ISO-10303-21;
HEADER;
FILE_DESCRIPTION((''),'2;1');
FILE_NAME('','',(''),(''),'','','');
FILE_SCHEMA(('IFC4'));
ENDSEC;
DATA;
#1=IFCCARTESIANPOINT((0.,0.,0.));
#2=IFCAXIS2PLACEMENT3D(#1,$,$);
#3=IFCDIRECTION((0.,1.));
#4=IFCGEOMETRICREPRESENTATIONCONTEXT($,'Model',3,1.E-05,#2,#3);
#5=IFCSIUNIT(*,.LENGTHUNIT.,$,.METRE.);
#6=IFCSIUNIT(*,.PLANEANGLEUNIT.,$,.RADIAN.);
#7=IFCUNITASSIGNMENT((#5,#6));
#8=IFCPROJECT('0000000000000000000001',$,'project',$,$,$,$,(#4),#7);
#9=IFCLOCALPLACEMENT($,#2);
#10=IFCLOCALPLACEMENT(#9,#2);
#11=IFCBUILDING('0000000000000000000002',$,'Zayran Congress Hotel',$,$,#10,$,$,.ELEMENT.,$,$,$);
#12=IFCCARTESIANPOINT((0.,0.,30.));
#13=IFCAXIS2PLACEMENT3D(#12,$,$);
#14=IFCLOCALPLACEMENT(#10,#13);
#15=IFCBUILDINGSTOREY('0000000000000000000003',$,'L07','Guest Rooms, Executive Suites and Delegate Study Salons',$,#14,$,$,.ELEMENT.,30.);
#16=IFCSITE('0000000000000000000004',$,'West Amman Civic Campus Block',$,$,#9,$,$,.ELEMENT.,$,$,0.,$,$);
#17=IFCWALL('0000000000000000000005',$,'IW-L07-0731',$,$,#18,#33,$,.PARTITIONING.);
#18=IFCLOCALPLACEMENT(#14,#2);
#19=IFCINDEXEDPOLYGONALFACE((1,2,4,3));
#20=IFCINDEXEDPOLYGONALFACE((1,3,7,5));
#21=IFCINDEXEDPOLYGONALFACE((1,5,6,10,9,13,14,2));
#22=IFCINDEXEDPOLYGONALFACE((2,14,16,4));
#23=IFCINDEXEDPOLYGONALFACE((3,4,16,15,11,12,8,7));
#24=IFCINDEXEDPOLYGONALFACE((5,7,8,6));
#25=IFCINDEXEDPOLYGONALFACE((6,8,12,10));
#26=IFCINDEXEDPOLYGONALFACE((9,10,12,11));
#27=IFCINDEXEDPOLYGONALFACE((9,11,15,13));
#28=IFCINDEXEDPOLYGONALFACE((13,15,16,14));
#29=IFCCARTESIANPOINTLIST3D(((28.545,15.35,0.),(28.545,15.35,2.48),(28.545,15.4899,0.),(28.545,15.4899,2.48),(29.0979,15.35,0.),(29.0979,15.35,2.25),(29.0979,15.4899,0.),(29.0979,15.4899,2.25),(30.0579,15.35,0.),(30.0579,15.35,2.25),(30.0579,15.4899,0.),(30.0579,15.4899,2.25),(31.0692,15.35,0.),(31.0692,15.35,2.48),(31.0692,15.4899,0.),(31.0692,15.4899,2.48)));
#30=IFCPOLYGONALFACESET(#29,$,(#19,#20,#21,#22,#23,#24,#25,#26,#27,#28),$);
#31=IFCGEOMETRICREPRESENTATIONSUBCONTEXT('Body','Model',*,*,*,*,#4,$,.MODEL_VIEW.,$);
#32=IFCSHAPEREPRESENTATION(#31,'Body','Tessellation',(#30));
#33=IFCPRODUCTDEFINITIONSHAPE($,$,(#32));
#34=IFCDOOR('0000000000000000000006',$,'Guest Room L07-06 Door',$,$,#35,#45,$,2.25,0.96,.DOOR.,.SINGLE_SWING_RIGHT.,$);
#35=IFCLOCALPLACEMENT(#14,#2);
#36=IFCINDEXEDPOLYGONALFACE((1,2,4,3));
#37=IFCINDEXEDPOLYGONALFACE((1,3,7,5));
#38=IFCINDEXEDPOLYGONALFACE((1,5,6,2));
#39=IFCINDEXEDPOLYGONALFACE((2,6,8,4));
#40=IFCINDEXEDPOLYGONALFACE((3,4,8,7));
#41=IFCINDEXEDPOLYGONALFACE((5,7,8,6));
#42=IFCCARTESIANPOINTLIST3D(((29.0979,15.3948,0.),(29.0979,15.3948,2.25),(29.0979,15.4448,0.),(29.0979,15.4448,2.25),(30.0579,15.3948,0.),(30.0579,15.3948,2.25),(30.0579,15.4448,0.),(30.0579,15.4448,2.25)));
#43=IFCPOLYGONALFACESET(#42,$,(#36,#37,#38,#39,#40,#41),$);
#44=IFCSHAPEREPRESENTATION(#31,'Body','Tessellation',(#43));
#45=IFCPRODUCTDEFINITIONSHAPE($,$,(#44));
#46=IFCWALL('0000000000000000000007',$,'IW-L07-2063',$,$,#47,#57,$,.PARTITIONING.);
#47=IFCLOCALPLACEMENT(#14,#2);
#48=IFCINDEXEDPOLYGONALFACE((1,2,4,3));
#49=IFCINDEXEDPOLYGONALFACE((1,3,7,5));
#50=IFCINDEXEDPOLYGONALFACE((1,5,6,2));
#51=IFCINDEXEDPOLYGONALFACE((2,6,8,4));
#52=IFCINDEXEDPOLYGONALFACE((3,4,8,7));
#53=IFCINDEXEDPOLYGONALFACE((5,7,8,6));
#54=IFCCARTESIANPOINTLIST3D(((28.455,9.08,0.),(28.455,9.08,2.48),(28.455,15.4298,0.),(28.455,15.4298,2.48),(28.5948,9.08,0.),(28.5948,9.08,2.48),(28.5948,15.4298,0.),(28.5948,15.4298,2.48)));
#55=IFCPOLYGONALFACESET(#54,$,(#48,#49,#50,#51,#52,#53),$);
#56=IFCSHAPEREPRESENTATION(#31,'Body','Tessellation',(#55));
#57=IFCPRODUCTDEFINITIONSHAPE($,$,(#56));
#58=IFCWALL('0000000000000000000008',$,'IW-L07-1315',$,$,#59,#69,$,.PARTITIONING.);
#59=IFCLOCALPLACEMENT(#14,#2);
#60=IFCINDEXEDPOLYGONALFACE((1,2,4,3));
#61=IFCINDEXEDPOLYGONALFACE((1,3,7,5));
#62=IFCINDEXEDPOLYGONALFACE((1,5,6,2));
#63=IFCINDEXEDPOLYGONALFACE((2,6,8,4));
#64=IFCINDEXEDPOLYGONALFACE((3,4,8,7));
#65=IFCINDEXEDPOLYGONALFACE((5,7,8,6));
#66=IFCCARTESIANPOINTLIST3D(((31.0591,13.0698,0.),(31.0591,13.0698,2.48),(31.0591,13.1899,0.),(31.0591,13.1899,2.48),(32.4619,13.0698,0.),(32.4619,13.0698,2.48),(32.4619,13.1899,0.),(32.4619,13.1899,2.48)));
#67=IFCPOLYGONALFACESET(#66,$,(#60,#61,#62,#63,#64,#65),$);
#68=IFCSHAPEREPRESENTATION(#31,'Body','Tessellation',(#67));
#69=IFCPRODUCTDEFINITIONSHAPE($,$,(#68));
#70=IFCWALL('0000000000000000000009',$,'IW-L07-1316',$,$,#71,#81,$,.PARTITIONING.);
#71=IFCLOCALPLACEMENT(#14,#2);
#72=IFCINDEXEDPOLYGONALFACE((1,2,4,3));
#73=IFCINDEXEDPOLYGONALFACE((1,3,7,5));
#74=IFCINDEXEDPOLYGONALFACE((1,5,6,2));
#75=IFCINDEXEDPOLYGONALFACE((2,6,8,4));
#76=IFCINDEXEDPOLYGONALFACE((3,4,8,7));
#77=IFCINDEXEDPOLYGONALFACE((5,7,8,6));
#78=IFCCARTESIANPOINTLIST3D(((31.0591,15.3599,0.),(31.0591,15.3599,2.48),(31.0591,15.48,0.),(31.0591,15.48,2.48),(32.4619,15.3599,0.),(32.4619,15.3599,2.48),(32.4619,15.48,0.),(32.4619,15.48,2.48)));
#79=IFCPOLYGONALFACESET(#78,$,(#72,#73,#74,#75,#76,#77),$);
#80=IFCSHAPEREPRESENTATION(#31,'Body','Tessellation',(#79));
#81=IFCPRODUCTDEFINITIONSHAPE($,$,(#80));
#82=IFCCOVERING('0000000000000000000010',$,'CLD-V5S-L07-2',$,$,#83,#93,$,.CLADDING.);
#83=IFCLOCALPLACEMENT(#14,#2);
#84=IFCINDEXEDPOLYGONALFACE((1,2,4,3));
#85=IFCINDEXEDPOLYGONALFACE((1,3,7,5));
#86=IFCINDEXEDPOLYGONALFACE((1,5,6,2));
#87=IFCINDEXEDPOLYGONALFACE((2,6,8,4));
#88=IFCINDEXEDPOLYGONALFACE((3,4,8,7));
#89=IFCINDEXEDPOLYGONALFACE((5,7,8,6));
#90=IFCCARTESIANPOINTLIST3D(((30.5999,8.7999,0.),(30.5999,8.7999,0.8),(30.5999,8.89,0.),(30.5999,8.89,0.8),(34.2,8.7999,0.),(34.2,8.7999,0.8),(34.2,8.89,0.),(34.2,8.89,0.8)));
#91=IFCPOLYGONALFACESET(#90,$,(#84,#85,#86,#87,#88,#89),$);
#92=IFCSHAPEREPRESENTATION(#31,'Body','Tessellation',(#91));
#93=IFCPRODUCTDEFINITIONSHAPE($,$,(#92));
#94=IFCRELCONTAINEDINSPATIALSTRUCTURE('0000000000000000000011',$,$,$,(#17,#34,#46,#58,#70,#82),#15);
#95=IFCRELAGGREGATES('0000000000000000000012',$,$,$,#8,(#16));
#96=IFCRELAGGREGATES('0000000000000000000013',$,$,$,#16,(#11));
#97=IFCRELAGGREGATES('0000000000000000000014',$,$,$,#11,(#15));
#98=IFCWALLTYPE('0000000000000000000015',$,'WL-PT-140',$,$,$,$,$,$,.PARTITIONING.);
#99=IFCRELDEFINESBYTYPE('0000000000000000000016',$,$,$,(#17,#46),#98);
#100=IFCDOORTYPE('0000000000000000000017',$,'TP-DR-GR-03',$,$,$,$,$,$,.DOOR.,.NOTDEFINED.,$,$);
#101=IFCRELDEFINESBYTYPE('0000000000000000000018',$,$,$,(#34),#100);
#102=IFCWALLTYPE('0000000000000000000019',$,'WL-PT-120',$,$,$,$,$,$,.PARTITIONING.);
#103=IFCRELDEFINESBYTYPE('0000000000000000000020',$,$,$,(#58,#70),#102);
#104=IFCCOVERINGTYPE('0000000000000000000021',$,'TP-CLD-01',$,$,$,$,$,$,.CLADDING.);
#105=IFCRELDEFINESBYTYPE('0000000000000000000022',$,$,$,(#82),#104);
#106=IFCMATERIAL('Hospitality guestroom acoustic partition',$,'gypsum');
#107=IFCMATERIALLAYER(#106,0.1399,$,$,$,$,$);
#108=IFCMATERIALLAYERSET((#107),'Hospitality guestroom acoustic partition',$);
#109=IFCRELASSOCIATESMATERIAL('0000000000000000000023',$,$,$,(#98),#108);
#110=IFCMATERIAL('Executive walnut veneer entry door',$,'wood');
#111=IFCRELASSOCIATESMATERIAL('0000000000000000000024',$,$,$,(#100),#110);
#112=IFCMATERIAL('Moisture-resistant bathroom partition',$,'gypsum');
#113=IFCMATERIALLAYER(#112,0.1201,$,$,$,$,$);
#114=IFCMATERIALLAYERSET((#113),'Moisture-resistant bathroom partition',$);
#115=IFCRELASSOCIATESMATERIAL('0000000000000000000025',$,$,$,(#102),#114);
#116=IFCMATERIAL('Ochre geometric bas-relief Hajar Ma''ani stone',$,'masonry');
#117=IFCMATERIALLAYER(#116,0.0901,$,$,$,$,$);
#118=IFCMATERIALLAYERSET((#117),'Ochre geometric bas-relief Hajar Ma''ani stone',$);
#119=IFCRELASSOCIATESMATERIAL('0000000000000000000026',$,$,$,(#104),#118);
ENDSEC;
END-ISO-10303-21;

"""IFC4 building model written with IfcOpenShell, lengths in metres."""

from ifc_helpers import new_model, si_unit, direction, frame, frame_2d, origin, origin_2d, place, context, subcontext, project, spatial, rectangle, extrude, material, layer, layer_set, type_object, element, fill, save


model = new_model("IFC4")

# Units and contexts
model_context = context("Model", 3, precision=1e-05, world=origin(), true_north=direction((0.0, 1.0)))
body_context = subcontext(model_context, "Body", "Model", "MODEL_VIEW")
ifc_project = project(units=[si_unit("LENGTHUNIT", "METRE"), si_unit("PLANEANGLEUNIT", "RADIAN")], contexts=[model_context])

# Site, building, storey
site_placement = place(None, origin())
site = spatial("IfcSite", under=ifc_project, at=site_placement, Name="West Amman Civic Campus Block", CompositionType="ELEMENT", RefElevation=0.0)
building_placement = place(site_placement, origin())
building = spatial("IfcBuilding", under=site, at=building_placement, Name="Zayran Congress Hotel", CompositionType="ELEMENT")
storey_placement = place(building_placement, frame((0.0, 0.0, 30.0)))
storey = spatial("IfcBuildingStorey", under=building, at=storey_placement, Name="L07", Description="Guest Rooms, Executive Suites and Delegate Study Salons", CompositionType="ELEMENT", Elevation=30.0)

# Shared definitions
ifc_material_1 = material(Name="Hospitality guestroom acoustic partition", Category="gypsum")
ifc_layer_1 = layer(ifc_material_1, 0.1399)
ifc_layer_set_1 = layer_set([ifc_layer_1], Name="Hospitality guestroom acoustic partition")
wall_type_1 = type_object("IfcWallType", Name="WL-PT-140", PredefinedType="PARTITIONING", material=ifc_layer_set_1)

# Wall, opening, door
wall_1_placement = place(storey_placement, frame((28.5449, 15.4199, 0.0), z_axis=(0.0, 0.0, 1.0), x_axis=(1.0, 0.0, 0.0)))
wall_1 = element("IfcWall", 1, at=wall_1_placement, inside=storey, type_object=wall_type_1, Name="IW-L07-0731", PredefinedType="PARTITIONING", context=body_context, shape_type="SweptSolid", body=[
    extrude(rectangle(XDim=2.5242, YDim=0.1399, at=frame_2d((1.2622, 0.0))), origin(), (0.0, 0.0, 1.0), 2.48),
])
opening_1_placement = place(wall_1_placement, frame((0.553, 0.0, 0.0)))
opening_1 = element("IfcOpeningElement", 2, at=opening_1_placement, cuts=wall_1, PredefinedType="OPENING", context=body_context, shape_type="SweptSolid", body=[
    extrude(rectangle(XDim=0.96, YDim=2.25, at=frame_2d((0.48, 1.125))), frame((0.0, 0.0798, 0.0), z_axis=(0.0, -1.0, 0.0), x_axis=(1.0, 0.0, 0.0)), (0.0, 0.0, 1.0), 0.1599),
])
ifc_material_2 = material(Name="Executive walnut veneer entry door", Category="wood")
door_type_1 = type_object("IfcDoorType", Name="TP-DR-GR-03", OperationType="NOTDEFINED", PredefinedType="DOOR", material=ifc_material_2)
door_1_placement = place(opening_1_placement, origin())
door_1 = element("IfcDoor", 3, at=door_1_placement, inside=storey, type_object=door_type_1, Name="Guest Room L07-06 Door", OperationType="SINGLE_SWING_RIGHT", OverallHeight=2.25, OverallWidth=0.96, PredefinedType="DOOR", context=body_context, shape_type="SweptSolid", body=[
    extrude(rectangle(XDim=0.96, YDim=2.25, at=frame_2d((0.48, 1.125))), frame((0.0, 0.0249, 0.0), z_axis=(0.0, -1.0, 0.0), x_axis=(1.0, 0.0, 0.0)), (0.0, 0.0, 1.0), 0.05),
])
fill(opening_1, door_1)

# Wall
wall_2_placement = place(storey_placement, frame((28.5249, 9.0801, 0.0), z_axis=(0.0, 0.0, 1.0), x_axis=(0.0, 1.0, 0.0)))
element("IfcWall", 4, at=wall_2_placement, inside=storey, type_object=wall_type_1, Name="IW-L07-2063", PredefinedType="PARTITIONING", context=body_context, shape_type="SweptSolid", body=[
    extrude(rectangle(XDim=6.3499, YDim=0.1399, at=frame_2d((3.1748, 0.0))), origin(), (0.0, 0.0, 1.0), 2.48),
])

# Shared definitions
ifc_material_3 = material(Name="Moisture-resistant bathroom partition", Category="gypsum")
ifc_layer_2 = layer(ifc_material_3, 0.1201)
ifc_layer_set_2 = layer_set([ifc_layer_2], Name="Moisture-resistant bathroom partition")
wall_type_2 = type_object("IfcWallType", Name="WL-PT-120", PredefinedType="PARTITIONING", material=ifc_layer_set_2)

# Walls
for number, where, z_axis, x_axis, name in (
    (5, (31.0591, 13.1299, 0.0), (0.0, 0.0, 1.0), (1.0, 0.0, 0.0), "IW-L07-1315"),
    (6, (31.0591, 15.4199, 0.0), (0.0, 0.0, 1.0), (1.0, 0.0, 0.0), "IW-L07-1316"),
):
    element("IfcWall", number, at=place(storey_placement, frame(where, z_axis=z_axis, x_axis=x_axis)), inside=storey, type_object=wall_type_2, Name=name, PredefinedType="PARTITIONING", context=body_context, shape_type="SweptSolid", body=[
        extrude(rectangle(XDim=1.4028, YDim=0.1201, at=frame_2d((0.7014, 0.0))), origin(), (0.0, 0.0, 1.0), 2.48),
    ])

# Covering
ifc_material_4 = material(Name="Ochre geometric bas-relief Hajar Ma'ani stone", Category="masonry")
ifc_layer_3 = layer(ifc_material_4, 0.0901)
ifc_layer_set_3 = layer_set([ifc_layer_3], Name="Ochre geometric bas-relief Hajar Ma'ani stone")
covering_type = type_object("IfcCoveringType", Name="TP-CLD-01", PredefinedType="CLADDING", material=ifc_layer_set_3)
covering_placement = place(storey_placement, frame((32.3999, 8.845, 0.0), z_axis=(0.0, 0.0, 1.0), x_axis=(1.0, 0.0, 0.0)))
element("IfcCovering", 7, at=covering_placement, inside=storey, type_object=covering_type, Name="CLD-V5S-L07-2", PredefinedType="CLADDING", context=body_context, shape_type="SweptSolid", body=[
    extrude(rectangle(XDim=3.6001, YDim=0.0901, at=origin_2d()), origin(), (0.0, 0.0, 1.0), 0.8),
])

save(model, "model.ifc")
